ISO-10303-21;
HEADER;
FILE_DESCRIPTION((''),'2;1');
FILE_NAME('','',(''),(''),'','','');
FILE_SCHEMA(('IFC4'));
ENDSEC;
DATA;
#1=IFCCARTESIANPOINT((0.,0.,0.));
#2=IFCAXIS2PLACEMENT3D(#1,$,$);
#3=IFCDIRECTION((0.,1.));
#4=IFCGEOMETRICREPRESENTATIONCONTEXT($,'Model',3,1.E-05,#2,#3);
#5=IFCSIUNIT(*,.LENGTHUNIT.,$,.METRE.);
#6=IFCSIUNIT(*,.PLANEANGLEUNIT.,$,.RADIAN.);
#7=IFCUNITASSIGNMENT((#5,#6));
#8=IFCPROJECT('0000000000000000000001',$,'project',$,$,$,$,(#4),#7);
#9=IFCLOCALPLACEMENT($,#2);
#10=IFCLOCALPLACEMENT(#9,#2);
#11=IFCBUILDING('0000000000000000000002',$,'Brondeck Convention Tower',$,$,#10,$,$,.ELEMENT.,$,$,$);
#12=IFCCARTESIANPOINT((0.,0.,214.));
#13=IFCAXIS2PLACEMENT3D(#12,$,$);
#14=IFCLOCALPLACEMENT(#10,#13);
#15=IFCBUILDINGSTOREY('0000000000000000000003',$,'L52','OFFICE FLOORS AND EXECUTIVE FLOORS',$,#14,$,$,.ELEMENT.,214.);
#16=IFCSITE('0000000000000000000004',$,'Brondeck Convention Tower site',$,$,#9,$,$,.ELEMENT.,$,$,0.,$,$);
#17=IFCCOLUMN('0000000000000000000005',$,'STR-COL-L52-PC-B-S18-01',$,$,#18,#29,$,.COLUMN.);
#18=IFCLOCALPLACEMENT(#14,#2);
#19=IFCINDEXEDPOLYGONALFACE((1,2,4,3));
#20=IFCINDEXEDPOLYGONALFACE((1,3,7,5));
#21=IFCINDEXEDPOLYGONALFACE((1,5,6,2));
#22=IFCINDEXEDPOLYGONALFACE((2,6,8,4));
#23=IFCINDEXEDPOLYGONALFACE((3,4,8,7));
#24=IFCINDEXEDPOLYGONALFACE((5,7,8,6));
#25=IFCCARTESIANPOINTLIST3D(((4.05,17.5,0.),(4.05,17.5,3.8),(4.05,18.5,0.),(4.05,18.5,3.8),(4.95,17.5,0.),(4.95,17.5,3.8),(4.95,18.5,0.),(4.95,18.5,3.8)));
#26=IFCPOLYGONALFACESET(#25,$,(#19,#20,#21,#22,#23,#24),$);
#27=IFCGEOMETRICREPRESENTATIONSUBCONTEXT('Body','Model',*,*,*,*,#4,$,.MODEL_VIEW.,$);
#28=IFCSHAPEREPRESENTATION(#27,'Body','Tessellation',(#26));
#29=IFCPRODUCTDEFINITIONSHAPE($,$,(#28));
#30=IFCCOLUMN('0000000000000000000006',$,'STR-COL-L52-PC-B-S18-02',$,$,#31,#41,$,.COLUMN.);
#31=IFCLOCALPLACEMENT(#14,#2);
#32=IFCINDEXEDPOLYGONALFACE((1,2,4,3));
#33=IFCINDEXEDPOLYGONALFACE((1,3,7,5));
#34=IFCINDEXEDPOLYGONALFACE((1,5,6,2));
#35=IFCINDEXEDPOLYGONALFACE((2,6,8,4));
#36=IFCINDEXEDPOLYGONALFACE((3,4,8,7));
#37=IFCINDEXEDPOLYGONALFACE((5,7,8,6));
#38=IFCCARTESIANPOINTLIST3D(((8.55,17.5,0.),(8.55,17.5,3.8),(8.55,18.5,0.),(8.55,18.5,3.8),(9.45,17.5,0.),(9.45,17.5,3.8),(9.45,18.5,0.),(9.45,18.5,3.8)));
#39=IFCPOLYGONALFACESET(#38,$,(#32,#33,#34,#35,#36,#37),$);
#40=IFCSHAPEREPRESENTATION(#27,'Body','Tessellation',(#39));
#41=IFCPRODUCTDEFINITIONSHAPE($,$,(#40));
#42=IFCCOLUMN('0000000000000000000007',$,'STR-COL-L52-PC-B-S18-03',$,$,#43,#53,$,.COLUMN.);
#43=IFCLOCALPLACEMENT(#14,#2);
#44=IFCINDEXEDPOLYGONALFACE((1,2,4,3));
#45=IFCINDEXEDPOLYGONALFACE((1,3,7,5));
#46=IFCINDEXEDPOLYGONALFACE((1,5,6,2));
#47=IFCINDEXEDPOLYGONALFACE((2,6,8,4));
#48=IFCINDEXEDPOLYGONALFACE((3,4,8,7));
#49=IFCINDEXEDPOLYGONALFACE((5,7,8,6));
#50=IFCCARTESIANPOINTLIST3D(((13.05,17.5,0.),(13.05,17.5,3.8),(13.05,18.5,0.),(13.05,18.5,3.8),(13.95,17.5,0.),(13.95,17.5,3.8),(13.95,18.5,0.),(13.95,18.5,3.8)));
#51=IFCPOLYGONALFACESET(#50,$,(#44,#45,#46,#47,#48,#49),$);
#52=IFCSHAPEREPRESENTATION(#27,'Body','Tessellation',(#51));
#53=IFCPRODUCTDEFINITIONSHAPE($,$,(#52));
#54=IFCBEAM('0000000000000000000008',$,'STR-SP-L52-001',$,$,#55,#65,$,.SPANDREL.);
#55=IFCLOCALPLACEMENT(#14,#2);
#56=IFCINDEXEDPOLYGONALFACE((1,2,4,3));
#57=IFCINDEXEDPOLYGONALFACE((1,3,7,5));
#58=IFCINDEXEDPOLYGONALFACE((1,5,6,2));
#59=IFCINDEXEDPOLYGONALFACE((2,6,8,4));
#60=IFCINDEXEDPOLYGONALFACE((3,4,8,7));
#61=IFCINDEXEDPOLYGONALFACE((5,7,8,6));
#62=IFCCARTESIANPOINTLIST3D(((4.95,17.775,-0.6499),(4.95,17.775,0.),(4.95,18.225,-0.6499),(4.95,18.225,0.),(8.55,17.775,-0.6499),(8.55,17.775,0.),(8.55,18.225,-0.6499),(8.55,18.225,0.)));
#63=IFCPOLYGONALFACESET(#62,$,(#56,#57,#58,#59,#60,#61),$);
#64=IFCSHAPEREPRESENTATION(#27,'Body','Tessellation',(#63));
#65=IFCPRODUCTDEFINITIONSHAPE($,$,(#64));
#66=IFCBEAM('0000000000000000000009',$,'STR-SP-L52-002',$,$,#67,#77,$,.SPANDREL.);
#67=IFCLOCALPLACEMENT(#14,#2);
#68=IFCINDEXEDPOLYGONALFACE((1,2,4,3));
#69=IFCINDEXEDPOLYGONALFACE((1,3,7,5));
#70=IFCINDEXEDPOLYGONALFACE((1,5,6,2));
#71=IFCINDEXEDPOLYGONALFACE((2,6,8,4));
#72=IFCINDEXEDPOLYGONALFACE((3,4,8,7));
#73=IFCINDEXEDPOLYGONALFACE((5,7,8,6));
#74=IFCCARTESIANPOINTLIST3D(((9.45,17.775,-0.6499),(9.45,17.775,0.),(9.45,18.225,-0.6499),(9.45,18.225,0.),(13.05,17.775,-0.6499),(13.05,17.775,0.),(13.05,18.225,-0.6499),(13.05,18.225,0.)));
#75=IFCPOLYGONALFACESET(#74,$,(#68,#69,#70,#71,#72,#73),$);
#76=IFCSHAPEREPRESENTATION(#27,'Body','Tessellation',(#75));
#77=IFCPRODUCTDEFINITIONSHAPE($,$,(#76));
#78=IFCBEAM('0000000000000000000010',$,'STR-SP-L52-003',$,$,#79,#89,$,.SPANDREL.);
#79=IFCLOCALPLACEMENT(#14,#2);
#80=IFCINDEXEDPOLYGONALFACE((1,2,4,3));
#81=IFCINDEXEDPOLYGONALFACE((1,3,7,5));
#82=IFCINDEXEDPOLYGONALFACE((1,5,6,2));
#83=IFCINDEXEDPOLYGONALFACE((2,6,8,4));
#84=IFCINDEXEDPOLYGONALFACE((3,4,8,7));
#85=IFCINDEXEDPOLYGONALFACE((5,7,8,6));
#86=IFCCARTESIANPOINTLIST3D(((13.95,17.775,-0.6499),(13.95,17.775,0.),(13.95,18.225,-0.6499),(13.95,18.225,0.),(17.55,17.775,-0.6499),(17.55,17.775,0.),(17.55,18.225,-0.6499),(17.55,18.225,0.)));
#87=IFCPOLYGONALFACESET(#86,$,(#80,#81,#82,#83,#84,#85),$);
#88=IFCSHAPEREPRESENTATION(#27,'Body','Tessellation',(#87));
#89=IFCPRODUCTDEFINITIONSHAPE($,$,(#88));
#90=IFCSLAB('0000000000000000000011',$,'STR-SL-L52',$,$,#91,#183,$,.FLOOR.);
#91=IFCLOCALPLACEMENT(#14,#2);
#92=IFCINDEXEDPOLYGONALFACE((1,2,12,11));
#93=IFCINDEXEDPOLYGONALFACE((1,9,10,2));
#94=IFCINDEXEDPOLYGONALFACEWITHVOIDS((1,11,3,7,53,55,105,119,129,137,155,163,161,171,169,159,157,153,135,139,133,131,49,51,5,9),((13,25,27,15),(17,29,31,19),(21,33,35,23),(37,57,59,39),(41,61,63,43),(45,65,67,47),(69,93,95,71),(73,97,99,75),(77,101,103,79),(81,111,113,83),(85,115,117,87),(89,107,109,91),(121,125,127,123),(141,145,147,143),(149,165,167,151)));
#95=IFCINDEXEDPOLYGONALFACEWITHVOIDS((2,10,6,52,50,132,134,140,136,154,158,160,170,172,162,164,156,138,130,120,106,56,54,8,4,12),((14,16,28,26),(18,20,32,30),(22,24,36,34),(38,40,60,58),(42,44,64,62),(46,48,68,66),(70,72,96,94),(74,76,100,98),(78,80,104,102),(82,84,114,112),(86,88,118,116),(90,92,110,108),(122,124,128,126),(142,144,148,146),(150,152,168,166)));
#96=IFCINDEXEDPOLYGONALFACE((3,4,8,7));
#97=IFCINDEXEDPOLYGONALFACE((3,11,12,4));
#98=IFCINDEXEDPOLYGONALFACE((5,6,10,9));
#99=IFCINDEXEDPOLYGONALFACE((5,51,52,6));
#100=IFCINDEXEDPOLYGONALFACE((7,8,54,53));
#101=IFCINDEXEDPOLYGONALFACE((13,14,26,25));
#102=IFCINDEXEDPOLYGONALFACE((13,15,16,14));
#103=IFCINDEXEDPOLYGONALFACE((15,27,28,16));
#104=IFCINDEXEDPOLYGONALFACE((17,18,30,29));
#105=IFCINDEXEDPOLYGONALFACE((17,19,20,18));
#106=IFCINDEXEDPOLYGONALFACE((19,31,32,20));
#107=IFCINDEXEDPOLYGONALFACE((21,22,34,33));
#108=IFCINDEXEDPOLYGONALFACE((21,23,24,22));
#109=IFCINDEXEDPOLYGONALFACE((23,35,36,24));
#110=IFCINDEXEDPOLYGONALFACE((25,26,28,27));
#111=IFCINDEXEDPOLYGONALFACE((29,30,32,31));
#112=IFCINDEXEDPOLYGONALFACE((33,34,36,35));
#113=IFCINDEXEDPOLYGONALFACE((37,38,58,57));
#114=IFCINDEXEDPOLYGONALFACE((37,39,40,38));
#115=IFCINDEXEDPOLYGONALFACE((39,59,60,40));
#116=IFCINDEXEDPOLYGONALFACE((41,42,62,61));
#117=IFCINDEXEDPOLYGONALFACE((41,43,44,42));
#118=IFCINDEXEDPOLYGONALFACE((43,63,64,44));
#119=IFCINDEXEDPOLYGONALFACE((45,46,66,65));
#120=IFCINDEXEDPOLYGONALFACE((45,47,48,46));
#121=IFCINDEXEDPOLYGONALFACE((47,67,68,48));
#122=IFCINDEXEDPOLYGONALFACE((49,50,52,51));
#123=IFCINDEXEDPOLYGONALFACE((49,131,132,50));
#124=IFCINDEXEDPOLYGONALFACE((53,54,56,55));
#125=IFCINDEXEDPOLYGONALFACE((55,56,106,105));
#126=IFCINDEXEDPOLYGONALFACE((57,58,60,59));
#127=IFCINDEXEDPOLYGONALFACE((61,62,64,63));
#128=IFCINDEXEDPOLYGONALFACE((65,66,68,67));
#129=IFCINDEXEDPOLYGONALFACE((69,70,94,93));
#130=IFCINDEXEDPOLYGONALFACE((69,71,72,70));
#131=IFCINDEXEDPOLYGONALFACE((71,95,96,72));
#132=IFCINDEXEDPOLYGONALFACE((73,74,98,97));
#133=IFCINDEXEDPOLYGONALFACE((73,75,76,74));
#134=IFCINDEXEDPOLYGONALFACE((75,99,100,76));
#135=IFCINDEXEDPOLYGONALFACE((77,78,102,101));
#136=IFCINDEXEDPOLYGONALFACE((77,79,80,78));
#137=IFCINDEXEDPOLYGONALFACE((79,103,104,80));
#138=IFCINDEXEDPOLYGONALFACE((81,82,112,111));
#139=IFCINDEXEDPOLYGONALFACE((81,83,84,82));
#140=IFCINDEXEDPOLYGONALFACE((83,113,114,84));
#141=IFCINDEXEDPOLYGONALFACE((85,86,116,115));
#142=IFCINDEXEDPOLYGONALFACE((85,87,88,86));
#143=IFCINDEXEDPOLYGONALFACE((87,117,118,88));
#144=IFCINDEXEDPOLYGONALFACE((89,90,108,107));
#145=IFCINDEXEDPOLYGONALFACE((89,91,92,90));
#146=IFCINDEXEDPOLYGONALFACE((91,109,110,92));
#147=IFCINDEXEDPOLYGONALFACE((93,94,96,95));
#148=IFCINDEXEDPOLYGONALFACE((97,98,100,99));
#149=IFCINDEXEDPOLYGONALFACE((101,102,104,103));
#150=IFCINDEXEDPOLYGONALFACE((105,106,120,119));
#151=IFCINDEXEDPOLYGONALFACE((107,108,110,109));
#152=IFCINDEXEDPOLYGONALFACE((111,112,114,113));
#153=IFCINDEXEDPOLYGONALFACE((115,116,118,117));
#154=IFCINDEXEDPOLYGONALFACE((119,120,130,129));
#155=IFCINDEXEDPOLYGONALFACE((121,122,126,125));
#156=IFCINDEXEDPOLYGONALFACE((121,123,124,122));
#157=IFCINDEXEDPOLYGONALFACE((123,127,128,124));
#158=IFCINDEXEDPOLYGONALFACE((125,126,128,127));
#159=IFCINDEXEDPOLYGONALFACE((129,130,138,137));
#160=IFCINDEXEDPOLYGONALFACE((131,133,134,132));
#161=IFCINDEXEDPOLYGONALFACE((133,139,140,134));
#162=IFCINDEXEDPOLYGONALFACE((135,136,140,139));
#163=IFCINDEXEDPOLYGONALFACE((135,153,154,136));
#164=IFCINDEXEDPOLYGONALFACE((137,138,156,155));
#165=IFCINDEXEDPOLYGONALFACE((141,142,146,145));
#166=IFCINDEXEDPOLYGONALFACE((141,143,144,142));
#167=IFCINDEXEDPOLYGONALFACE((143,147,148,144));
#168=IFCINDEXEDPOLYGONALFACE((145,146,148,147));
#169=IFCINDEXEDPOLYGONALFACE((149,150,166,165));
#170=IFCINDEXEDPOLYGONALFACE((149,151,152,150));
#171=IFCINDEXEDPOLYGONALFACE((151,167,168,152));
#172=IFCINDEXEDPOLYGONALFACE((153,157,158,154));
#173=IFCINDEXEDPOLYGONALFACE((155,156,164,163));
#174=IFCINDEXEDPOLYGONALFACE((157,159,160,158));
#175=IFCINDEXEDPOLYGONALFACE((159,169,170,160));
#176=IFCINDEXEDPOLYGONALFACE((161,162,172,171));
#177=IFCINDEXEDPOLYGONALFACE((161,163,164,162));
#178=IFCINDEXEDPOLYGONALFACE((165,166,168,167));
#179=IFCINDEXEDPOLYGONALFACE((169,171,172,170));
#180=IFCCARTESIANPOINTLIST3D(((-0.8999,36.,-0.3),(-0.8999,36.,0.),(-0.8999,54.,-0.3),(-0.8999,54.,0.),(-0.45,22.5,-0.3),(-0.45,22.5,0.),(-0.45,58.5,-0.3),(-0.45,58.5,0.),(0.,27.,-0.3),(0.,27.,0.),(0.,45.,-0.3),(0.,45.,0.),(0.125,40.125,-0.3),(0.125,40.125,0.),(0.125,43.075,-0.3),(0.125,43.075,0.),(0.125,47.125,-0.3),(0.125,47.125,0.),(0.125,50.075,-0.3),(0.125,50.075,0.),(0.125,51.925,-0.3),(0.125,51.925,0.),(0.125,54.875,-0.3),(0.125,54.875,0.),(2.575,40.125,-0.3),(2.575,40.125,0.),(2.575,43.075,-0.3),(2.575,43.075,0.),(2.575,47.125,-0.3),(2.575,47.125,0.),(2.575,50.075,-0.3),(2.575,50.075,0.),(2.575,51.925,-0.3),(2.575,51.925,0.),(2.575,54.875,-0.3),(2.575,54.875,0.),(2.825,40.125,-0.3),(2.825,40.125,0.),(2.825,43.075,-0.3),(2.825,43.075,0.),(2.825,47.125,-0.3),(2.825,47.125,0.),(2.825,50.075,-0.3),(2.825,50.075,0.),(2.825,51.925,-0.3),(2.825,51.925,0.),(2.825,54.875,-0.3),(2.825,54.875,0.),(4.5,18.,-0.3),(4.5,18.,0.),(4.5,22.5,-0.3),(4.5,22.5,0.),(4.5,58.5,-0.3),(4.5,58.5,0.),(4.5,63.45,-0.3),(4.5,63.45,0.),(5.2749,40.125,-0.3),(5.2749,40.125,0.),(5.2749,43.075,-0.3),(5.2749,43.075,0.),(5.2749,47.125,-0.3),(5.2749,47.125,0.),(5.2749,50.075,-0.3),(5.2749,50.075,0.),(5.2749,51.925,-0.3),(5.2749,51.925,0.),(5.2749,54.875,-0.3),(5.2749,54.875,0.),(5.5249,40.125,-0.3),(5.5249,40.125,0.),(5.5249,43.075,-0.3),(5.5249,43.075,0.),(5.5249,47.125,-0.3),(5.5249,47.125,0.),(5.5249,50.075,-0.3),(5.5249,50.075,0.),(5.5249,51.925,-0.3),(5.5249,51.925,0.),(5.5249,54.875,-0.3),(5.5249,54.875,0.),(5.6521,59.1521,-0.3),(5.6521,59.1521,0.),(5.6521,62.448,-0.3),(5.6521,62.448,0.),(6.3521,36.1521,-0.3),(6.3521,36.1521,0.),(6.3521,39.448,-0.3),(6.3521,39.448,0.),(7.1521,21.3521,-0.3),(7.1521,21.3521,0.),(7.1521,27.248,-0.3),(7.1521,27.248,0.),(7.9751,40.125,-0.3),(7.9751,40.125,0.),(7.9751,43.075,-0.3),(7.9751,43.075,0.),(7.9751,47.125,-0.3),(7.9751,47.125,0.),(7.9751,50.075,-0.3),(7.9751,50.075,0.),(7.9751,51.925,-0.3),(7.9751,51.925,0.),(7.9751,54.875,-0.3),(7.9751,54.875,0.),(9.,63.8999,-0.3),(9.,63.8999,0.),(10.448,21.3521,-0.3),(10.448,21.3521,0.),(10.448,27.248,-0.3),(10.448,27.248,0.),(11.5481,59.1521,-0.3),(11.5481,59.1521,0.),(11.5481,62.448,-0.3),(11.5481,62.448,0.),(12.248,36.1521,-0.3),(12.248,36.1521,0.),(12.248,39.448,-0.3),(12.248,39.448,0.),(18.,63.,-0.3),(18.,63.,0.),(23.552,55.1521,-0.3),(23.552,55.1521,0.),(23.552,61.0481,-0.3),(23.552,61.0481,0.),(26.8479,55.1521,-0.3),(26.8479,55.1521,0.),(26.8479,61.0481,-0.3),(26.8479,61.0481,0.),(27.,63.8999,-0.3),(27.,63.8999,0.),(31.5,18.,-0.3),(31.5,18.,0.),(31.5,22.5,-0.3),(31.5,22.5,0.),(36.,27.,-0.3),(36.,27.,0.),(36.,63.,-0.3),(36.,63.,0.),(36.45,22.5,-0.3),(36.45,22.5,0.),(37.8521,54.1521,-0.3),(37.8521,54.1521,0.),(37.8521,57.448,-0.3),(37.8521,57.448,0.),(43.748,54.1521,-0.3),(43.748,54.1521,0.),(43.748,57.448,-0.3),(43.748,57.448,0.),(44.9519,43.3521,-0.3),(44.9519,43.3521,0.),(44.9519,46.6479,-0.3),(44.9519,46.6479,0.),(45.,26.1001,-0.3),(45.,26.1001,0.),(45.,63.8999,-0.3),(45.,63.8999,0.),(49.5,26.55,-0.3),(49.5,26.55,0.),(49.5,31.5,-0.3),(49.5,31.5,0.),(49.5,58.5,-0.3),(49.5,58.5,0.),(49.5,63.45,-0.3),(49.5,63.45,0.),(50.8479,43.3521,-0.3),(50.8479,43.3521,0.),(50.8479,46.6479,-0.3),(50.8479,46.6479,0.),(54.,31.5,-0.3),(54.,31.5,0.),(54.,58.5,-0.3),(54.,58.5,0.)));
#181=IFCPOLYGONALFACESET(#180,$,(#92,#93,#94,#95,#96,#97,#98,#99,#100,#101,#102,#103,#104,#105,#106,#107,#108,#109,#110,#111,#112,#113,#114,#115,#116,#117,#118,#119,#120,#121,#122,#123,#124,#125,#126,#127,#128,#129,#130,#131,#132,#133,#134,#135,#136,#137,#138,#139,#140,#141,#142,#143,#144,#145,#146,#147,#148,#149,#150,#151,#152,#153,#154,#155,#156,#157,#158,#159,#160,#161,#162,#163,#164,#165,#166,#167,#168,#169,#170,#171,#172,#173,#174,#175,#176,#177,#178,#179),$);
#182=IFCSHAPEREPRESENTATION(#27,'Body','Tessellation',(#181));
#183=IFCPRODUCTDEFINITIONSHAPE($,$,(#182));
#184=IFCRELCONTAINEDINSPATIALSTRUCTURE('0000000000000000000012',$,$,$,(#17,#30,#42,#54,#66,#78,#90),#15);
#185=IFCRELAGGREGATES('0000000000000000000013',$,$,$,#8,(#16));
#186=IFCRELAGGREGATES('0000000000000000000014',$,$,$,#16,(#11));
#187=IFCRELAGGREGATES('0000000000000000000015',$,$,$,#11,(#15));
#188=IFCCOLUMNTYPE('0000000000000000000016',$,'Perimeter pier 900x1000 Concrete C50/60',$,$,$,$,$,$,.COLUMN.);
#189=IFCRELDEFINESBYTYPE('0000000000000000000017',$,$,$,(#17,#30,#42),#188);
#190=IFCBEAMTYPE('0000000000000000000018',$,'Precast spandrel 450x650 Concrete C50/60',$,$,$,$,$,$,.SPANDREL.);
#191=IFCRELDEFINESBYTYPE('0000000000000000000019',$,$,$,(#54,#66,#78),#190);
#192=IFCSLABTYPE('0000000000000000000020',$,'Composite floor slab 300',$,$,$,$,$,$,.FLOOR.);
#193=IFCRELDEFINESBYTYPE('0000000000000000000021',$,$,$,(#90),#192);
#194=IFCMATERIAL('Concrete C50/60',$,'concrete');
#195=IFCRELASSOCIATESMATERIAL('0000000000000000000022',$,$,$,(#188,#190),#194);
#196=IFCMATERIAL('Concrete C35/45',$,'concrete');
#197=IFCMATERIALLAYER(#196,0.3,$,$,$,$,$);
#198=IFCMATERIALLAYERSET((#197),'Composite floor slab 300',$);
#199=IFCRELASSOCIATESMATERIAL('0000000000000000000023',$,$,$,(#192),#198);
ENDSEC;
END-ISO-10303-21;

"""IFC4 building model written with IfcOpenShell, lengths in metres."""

from ifc_helpers import new_model, si_unit, direction, frame, origin, origin_2d, place, context, subcontext, project, spatial, polyline, rectangle, outline, extrude, material, layer, layer_set, material_profile, profile_set, type_object, element, save


model = new_model("IFC4")

# Units and contexts
model_context = context("Model", 3, precision=1e-05, world=origin(), true_north=direction((0.0, 1.0)))
body_context = subcontext(model_context, "Body", "Model", "MODEL_VIEW")
ifc_project = project(units=[si_unit("LENGTHUNIT", "METRE"), si_unit("PLANEANGLEUNIT", "RADIAN")], contexts=[model_context])

# Site, building, storey
site_placement = place(None, origin())
site = spatial("IfcSite", under=ifc_project, at=site_placement, Name="Brondeck Convention Tower site", CompositionType="ELEMENT", RefElevation=0.0)
building_placement = place(site_placement, origin())
building = spatial("IfcBuilding", under=site, at=building_placement, Name="Brondeck Convention Tower", CompositionType="ELEMENT")
storey_placement = place(building_placement, frame((0.0, 0.0, 214.0)))
storey = spatial("IfcBuildingStorey", under=building, at=storey_placement, Name="L52", Description="OFFICE FLOORS AND EXECUTIVE FLOORS", CompositionType="ELEMENT", Elevation=214.0)

# Columns
ifc_material_1 = material(Name="Concrete C50/60", Category="concrete")
ifc_material_profile_1 = material_profile(ifc_material_1, rectangle(XDim=0.8999, YDim=1.0, at=origin_2d()), Name="Perimeter pier 900x1000 Concrete C50/60")
ifc_profile_set_1 = profile_set([ifc_material_profile_1], Name="Concrete C50/60")
column_type = type_object("IfcColumnType", Name="Perimeter pier 900x1000 Concrete C50/60", PredefinedType="COLUMN", material=ifc_profile_set_1)
for number, where, z_axis, x_axis, name in (
    (1, (4.5, 18.0, 0.0), (0.0, 0.0, 1.0), (1.0, 0.0, 0.0), "STR-COL-L52-PC-B-S18-01"),
    (2, (9.0, 18.0, 0.0), (0.0, 0.0, 1.0), (1.0, 0.0, 0.0), "STR-COL-L52-PC-B-S18-02"),
    (3, (13.5, 18.0, 0.0), (0.0, 0.0, 1.0), (1.0, 0.0, 0.0), "STR-COL-L52-PC-B-S18-03"),
):
    element("IfcColumn", number, at=place(storey_placement, frame(where, z_axis=z_axis, x_axis=x_axis)), inside=storey, type_object=column_type, Name=name, PredefinedType="COLUMN", context=body_context, shape_type="SweptSolid", body=[
        extrude(rectangle(XDim=0.8999, YDim=1.0, at=origin_2d()), origin(), (0.0, 0.0, 1.0), 3.8),
    ])

# Beams
ifc_material_profile_2 = material_profile(ifc_material_1, rectangle(XDim=0.45, YDim=0.6499, at=origin_2d()), Name="Precast spandrel 450x650 Concrete C50/60")
ifc_profile_set_2 = profile_set([ifc_material_profile_2], Name="Concrete C50/60")
beam_type = type_object("IfcBeamType", Name="Precast spandrel 450x650 Concrete C50/60", PredefinedType="SPANDREL", material=ifc_profile_set_2)
for number, where, z_axis, x_axis, name in (
    (4, (4.95, 18.0, -0.325), (1.0, 0.0, 0.0), (0.0, 1.0, 0.0), "STR-SP-L52-001"),
    (5, (9.45, 18.0, -0.325), (1.0, 0.0, 0.0), (0.0, 1.0, 0.0), "STR-SP-L52-002"),
    (6, (13.95, 18.0, -0.325), (1.0, 0.0, 0.0), (0.0, 1.0, 0.0), "STR-SP-L52-003"),
):
    element("IfcBeam", number, at=place(storey_placement, frame(where, z_axis=z_axis, x_axis=x_axis)), inside=storey, type_object=beam_type, Name=name, PredefinedType="SPANDREL", context=body_context, shape_type="SweptSolid", body=[
        extrude(rectangle(XDim=0.45, YDim=0.6499, at=origin_2d()), origin(), (0.0, 0.0, 1.0), 3.6001),
    ])

# Slab
ifc_material_2 = material(Name="Concrete C35/45", Category="concrete")
ifc_layer_1 = layer(ifc_material_2, 0.3)
ifc_layer_set_1 = layer_set([ifc_layer_1], Name="Composite floor slab 300")
slab_type_1 = type_object("IfcSlabType", Name="Composite floor slab 300", PredefinedType="FLOOR", material=ifc_layer_set_1)
slab_1_placement = place(storey_placement, frame((0.0, 0.0, -0.3)))
element("IfcSlab", 7, at=slab_1_placement, inside=storey, type_object=slab_type_1, Name="STR-SL-L52", PredefinedType="FLOOR", context=body_context, shape_type="SweptSolid", body=[
    extrude(outline(polyline([(4.5, 22.5), (-0.45, 22.5), (0.0, 27.0), (-0.8999, 36.0), (0.0, 45.0), (-0.8999, 54.0), (-0.45, 58.5), (4.5, 58.5), (4.5, 63.45), (9.0, 63.8999), (18.0, 63.0), (27.0, 63.8999), (36.0, 63.0), (45.0, 63.8999), (49.5, 63.45), (49.5, 58.5), (54.0, 58.5), (54.0, 31.5), (49.5, 31.5), (49.5, 26.55), (45.0, 26.1001), (36.0, 27.0), (36.45, 22.5), (31.5, 22.5), (31.5, 18.0), (4.5, 18.0), (4.5, 22.5)]), holes=[polyline([(2.575, 43.075), (0.125, 43.075), (0.125, 40.125), (2.575, 40.125), (2.575, 43.075)]), polyline([(5.2749, 40.125), (5.2749, 43.075), (2.825, 43.075), (2.825, 40.125), (5.2749, 40.125)]), polyline([(7.9751, 40.125), (7.9751, 43.075), (5.5249, 43.075), (5.5249, 40.125), (7.9751, 40.125)]), polyline([(2.575, 47.125), (2.575, 50.075), (0.125, 50.075), (0.125, 47.125), (2.575, 47.125)]), polyline([(5.2749, 47.125), (5.2749, 50.075), (2.825, 50.075), (2.825, 47.125), (5.2749, 47.125)]), polyline([(7.9751, 47.125), (7.9751, 50.075), (5.5249, 50.075), (5.5249, 47.125), (7.9751, 47.125)]), polyline([(2.575, 51.925), (2.575, 54.875), (0.125, 54.875), (0.125, 51.925), (2.575, 51.925)]), polyline([(5.2749, 51.925), (5.2749, 54.875), (2.825, 54.875), (2.825, 51.925), (5.2749, 51.925)]), polyline([(10.448, 27.248), (7.1521, 27.248), (7.1521, 21.3521), (10.448, 21.3521), (10.448, 27.248)]), polyline([(12.248, 36.1521), (12.248, 39.448), (6.3521, 39.448), (6.3521, 36.1521), (12.248, 36.1521)]), polyline([(50.8479, 43.3521), (50.8479, 46.6479), (44.9519, 46.6479), (44.9519, 43.3521), (50.8479, 43.3521)]), polyline([(7.9751, 51.925), (7.9751, 54.875), (5.5249, 54.875), (5.5249, 51.925), (7.9751, 51.925)]), polyline([(43.748, 54.1521), (43.748, 57.448), (37.8521, 57.448), (37.8521, 54.1521), (43.748, 54.1521)]), polyline([(23.552, 55.1521), (26.8479, 55.1521), (26.8479, 61.0481), (23.552, 61.0481), (23.552, 55.1521)]), polyline([(5.6521, 62.448), (5.6521, 59.1521), (11.5481, 59.1521), (11.5481, 62.448), (5.6521, 62.448)])]), origin(), (0.0, 0.0, 1.0), 0.3),
])

save(model, "model.ifc")
